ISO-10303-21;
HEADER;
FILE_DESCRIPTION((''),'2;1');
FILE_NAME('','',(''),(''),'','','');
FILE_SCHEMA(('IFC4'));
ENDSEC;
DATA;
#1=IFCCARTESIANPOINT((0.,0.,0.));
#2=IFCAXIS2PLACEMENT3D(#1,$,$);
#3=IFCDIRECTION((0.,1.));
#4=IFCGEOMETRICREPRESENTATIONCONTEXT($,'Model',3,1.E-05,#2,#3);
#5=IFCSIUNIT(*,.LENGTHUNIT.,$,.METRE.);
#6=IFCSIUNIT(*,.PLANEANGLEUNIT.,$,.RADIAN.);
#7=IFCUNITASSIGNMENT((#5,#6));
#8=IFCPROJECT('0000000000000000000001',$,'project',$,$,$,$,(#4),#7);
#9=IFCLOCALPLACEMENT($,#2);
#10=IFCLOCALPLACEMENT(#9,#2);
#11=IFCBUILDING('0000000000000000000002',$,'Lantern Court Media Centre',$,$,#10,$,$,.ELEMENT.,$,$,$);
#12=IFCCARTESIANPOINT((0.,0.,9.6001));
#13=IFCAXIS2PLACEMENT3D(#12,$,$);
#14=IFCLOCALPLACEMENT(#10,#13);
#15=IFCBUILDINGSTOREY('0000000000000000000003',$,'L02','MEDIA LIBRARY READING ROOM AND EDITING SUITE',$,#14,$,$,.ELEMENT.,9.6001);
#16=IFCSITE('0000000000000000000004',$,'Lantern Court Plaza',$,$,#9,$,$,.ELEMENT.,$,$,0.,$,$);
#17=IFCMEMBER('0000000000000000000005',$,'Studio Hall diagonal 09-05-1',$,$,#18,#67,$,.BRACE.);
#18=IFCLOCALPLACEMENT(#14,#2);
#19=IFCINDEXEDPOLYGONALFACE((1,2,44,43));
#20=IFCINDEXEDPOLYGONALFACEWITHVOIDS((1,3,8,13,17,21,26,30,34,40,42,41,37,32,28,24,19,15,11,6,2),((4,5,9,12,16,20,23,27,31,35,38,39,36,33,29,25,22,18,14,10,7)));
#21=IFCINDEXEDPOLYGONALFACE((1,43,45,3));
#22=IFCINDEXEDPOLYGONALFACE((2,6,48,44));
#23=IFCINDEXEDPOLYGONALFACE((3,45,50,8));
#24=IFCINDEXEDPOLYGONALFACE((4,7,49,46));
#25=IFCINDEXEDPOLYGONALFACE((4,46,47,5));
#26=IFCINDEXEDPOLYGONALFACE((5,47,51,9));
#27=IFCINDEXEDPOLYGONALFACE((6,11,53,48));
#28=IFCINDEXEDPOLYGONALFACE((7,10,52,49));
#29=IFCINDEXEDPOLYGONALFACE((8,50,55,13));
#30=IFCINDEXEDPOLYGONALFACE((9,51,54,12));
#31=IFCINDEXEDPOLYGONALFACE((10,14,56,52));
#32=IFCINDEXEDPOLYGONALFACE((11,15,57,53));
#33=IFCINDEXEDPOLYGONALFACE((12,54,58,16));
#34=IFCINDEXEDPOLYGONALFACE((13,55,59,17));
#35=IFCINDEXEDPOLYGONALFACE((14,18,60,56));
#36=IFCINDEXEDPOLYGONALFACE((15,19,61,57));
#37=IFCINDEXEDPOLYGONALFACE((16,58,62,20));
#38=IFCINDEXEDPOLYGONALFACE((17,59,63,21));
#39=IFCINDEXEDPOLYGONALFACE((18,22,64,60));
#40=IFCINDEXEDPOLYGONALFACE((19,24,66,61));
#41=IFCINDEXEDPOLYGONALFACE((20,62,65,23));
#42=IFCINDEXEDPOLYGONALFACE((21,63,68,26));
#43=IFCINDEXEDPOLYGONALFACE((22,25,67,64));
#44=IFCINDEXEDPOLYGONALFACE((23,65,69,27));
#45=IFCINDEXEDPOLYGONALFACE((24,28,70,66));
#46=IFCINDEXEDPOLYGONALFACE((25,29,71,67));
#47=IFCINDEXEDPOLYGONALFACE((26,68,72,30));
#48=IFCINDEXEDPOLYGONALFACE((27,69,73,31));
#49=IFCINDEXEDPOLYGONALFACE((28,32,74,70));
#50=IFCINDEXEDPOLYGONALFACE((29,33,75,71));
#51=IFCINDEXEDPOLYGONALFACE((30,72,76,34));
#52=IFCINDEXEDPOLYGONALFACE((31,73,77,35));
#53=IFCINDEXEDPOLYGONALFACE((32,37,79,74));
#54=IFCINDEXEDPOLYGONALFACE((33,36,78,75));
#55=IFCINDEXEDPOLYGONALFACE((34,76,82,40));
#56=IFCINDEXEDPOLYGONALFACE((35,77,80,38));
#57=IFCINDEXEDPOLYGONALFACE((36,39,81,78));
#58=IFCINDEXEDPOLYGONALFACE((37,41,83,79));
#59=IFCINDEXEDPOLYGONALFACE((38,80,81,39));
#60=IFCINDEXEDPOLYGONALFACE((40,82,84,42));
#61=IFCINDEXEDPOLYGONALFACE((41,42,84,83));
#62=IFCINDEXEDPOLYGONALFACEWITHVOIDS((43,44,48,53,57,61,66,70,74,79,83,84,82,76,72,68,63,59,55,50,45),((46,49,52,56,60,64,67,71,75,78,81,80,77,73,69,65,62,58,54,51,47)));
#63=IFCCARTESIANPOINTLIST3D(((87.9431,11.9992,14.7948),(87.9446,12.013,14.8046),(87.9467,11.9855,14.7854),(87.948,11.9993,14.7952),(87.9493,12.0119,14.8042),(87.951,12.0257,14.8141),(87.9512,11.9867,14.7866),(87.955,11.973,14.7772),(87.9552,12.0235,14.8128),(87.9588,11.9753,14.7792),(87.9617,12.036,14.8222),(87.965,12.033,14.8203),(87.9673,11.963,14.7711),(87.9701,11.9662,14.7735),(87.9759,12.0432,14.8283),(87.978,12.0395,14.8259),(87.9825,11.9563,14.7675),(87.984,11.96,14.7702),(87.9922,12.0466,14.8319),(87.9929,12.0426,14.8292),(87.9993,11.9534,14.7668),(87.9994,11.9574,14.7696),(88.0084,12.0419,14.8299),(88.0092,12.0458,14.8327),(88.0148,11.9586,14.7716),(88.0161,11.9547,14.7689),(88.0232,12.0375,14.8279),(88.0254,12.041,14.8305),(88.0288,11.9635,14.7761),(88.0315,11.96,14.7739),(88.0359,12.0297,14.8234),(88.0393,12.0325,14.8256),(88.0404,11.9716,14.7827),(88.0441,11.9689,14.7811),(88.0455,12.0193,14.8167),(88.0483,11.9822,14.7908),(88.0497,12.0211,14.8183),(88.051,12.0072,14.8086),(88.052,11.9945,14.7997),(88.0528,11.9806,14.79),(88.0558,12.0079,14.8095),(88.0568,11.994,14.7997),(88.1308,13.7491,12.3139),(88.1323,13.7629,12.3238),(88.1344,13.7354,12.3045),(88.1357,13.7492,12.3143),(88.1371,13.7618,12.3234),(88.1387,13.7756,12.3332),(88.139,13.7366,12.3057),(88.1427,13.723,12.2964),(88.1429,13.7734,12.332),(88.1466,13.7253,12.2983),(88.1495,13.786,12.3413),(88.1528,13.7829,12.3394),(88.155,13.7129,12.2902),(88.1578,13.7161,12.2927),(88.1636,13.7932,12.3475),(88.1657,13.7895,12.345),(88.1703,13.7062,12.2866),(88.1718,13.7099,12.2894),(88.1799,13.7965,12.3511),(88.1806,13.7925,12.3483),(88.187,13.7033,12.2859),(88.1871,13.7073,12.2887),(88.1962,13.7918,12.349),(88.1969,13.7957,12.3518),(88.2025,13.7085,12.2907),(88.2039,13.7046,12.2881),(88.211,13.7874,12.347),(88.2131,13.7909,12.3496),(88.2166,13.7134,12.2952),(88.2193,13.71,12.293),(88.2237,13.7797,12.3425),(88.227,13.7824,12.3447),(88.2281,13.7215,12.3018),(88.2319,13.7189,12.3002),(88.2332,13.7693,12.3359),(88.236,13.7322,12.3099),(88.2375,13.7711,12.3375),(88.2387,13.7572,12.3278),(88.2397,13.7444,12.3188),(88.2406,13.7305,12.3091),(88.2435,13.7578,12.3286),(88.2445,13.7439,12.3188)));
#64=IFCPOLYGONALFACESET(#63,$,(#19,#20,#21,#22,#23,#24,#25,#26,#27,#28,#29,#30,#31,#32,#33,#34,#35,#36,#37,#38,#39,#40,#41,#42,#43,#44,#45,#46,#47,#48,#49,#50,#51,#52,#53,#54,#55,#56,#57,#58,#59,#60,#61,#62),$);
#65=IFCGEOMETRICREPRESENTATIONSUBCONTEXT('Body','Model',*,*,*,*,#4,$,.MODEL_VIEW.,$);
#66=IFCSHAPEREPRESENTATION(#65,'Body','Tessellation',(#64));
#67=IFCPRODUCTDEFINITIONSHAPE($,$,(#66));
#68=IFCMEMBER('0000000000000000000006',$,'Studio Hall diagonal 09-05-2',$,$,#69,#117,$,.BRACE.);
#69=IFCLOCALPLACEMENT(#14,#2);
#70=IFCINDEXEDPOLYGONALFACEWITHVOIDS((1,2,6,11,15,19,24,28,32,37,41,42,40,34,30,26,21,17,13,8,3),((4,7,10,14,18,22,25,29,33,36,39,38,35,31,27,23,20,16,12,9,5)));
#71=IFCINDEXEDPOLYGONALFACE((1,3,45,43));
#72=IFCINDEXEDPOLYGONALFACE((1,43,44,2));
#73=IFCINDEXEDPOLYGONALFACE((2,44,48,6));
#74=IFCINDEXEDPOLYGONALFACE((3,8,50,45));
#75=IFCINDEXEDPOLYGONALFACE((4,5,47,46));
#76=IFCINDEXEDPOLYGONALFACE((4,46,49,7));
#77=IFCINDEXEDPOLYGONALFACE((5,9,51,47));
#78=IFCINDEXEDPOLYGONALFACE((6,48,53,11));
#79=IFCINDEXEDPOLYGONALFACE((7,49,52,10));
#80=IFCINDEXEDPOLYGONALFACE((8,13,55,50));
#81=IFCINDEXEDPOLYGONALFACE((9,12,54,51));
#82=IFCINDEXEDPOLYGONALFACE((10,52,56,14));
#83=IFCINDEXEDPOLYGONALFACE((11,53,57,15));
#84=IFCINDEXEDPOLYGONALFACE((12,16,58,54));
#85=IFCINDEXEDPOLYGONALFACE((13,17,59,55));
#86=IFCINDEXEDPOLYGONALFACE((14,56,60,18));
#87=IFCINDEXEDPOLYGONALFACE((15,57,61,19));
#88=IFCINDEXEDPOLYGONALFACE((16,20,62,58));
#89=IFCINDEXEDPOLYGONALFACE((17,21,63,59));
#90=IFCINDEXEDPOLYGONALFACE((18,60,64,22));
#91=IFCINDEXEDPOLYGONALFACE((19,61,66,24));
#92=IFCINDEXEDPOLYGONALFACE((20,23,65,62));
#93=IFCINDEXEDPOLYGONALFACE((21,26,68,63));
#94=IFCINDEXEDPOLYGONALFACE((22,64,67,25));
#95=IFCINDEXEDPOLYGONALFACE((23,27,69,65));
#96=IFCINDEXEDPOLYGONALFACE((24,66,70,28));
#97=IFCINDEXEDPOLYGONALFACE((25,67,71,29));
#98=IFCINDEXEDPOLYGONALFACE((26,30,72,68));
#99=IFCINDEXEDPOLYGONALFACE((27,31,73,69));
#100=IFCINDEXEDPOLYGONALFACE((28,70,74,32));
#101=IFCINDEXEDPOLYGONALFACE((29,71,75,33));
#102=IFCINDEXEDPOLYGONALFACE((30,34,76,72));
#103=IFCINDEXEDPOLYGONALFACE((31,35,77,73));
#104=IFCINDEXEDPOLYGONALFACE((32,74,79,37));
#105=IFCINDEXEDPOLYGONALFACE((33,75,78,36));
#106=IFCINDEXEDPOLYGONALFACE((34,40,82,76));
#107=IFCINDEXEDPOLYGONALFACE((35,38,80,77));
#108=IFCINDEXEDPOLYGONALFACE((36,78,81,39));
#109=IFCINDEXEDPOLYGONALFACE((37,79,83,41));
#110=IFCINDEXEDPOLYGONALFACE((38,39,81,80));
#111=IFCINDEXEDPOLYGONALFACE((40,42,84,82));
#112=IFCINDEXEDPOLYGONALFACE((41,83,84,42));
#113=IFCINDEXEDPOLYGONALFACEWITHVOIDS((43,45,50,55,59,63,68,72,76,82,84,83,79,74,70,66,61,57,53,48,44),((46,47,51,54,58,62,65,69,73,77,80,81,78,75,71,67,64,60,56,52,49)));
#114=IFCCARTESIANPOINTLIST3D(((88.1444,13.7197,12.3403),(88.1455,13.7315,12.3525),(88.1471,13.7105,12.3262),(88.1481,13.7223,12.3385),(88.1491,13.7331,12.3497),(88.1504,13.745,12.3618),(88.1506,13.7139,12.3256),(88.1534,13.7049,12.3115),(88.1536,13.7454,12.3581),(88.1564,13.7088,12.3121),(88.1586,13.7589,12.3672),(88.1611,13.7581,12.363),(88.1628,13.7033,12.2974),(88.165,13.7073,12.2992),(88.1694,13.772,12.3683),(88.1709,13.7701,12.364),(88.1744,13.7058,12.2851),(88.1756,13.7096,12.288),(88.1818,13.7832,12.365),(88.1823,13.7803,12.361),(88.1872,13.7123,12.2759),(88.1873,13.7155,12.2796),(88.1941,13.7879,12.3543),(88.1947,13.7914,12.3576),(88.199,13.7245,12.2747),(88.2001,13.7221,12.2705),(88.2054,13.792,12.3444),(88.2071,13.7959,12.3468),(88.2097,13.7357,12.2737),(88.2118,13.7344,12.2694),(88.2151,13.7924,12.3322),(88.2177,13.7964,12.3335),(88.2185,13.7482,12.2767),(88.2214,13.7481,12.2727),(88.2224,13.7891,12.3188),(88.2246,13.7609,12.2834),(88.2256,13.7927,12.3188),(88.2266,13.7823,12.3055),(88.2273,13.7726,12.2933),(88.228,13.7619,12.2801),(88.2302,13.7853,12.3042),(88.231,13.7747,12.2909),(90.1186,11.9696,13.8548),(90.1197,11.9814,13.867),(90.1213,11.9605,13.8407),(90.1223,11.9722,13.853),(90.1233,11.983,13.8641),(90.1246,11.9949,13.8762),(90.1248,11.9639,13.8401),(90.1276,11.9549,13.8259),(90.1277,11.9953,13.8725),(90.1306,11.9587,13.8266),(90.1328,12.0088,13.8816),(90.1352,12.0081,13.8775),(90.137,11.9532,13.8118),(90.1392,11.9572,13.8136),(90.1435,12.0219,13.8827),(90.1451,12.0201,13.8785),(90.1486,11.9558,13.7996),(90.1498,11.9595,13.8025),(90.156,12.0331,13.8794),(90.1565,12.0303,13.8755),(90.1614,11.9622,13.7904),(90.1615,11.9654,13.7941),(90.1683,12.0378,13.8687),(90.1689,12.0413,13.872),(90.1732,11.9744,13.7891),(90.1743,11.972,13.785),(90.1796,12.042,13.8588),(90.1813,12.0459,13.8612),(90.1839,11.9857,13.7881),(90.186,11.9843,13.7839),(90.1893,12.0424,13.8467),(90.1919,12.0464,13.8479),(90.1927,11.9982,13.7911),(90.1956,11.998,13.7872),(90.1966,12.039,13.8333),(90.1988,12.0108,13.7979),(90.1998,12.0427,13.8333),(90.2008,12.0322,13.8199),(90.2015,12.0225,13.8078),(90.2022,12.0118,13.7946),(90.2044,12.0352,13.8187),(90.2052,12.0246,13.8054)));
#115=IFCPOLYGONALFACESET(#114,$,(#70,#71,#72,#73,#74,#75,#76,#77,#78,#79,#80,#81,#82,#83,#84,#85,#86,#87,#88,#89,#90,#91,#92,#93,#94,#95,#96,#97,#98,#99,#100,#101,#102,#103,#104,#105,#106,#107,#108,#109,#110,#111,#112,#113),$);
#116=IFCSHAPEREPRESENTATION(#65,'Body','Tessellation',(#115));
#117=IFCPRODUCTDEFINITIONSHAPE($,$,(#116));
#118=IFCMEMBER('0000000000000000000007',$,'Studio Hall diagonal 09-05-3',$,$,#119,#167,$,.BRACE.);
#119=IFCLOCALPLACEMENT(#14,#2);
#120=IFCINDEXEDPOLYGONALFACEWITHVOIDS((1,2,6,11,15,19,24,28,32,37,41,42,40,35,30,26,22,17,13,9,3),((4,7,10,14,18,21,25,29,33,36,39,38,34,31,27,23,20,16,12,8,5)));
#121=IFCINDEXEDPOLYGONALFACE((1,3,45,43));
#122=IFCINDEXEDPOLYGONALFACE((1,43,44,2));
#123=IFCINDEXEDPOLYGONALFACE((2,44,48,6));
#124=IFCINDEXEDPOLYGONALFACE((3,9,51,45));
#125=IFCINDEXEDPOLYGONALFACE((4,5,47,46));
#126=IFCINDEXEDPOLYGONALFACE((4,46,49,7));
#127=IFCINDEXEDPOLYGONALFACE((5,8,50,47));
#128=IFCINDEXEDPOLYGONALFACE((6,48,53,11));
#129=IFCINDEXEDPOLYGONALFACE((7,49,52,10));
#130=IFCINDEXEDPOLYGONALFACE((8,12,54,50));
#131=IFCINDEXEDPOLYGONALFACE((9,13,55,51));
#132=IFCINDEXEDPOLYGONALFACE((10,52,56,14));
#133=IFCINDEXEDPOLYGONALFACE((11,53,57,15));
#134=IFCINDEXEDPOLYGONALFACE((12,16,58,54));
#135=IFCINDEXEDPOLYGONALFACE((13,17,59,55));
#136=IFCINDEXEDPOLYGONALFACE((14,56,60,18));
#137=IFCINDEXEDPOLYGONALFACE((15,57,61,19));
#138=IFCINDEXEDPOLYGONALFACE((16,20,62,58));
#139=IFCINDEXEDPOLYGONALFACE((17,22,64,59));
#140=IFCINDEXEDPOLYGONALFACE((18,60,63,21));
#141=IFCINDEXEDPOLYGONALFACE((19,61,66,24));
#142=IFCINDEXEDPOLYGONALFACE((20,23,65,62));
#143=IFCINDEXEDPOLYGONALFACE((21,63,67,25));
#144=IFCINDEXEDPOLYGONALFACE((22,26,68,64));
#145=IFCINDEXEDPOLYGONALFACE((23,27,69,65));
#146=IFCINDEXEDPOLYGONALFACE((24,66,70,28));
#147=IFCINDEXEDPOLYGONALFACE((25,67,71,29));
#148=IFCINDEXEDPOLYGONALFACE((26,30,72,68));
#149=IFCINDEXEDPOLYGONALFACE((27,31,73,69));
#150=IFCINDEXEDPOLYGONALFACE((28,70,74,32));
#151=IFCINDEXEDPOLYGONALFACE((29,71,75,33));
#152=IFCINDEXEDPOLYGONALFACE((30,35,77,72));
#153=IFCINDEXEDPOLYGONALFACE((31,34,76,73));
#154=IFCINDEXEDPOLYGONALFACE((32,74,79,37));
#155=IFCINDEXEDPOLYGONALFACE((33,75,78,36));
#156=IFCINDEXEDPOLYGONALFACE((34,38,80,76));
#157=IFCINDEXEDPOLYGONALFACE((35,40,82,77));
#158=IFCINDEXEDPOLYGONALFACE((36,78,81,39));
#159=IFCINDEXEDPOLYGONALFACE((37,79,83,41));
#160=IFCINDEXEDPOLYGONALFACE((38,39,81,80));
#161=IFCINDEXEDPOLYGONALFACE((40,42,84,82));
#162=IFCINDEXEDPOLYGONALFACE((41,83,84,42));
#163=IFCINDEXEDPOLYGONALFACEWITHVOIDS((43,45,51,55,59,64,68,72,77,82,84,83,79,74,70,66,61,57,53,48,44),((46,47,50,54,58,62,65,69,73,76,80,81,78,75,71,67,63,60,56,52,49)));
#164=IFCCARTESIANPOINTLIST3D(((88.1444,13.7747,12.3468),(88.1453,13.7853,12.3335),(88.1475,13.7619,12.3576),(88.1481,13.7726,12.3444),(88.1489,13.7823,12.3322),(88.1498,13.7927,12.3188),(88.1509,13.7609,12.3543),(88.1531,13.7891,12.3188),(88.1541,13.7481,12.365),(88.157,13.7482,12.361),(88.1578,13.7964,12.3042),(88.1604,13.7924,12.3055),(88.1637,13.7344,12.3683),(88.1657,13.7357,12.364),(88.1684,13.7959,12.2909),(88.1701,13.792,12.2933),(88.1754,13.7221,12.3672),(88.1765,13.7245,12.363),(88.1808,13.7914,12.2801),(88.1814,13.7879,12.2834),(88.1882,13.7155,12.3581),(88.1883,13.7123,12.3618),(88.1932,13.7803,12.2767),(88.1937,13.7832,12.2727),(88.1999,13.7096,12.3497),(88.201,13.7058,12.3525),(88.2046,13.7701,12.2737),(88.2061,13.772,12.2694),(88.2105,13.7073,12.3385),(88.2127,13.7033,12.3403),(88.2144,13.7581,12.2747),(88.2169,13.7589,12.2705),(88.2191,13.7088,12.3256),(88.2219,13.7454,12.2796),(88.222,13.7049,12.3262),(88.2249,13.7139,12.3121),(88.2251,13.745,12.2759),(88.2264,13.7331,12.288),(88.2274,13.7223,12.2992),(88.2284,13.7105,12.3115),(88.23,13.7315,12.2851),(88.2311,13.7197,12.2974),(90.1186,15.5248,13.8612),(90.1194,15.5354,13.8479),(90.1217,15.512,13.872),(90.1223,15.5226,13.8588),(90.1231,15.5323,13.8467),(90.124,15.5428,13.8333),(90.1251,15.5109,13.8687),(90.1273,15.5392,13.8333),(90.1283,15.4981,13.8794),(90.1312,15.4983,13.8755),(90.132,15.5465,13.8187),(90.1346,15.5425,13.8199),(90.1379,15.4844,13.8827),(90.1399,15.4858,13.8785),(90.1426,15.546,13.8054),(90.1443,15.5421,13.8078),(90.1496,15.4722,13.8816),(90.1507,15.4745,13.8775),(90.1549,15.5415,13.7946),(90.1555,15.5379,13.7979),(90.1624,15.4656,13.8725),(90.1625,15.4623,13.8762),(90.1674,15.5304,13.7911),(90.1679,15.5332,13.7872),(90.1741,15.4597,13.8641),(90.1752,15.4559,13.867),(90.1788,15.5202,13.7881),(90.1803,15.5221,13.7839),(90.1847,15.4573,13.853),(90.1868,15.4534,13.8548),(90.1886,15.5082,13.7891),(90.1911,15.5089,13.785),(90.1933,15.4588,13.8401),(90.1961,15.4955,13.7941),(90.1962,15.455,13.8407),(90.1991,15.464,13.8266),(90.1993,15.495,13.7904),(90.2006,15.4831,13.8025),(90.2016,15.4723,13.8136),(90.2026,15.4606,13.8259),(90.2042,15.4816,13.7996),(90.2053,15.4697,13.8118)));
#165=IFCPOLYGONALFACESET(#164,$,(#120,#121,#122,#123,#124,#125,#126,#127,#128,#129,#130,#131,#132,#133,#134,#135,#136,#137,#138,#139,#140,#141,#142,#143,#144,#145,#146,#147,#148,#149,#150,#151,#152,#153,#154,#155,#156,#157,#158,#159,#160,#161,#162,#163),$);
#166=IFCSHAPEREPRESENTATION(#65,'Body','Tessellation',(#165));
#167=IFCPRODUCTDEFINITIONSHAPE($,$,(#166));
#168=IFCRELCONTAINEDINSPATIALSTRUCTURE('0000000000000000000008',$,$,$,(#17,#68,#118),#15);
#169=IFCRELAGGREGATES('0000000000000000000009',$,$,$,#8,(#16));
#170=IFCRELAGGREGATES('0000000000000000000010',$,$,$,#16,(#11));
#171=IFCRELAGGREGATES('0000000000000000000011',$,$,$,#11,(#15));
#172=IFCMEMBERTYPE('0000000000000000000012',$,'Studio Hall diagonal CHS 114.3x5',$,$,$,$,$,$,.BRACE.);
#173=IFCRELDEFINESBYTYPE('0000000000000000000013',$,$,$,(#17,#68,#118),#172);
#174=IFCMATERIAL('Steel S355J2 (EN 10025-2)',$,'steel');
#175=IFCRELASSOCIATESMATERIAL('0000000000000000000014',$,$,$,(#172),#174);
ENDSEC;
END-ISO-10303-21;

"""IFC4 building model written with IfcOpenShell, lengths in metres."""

from ifc_helpers import new_model, si_unit, direction, frame, origin, origin_2d, place, context, subcontext, project, spatial, hollow_circle, extrude, material, material_profile, profile_set, type_object, element, save


model = new_model("IFC4")

# Units and contexts
model_context = context("Model", 3, precision=1e-05, world=origin(), true_north=direction((0.0, 1.0)))
body_context = subcontext(model_context, "Body", "Model", "MODEL_VIEW")
ifc_project = project(units=[si_unit("LENGTHUNIT", "METRE"), si_unit("PLANEANGLEUNIT", "RADIAN")], contexts=[model_context])

# Site, building, storey
site_placement = place(None, origin())
site = spatial("IfcSite", under=ifc_project, at=site_placement, Name="Lantern Court Plaza", CompositionType="ELEMENT", RefElevation=0.0)
building_placement = place(site_placement, origin())
building = spatial("IfcBuilding", under=site, at=building_placement, Name="Lantern Court Media Centre", CompositionType="ELEMENT")
storey_placement = place(building_placement, frame((0.0, 0.0, 9.6001)))
storey = spatial("IfcBuildingStorey", under=building, at=storey_placement, Name="L02", Description="MEDIA LIBRARY READING ROOM AND EDITING SUITE", CompositionType="ELEMENT", Elevation=9.6001)

# Members
ifc_material = material(Name="Steel S355J2 (EN 10025-2)", Category="steel")
ifc_material_profile_1 = material_profile(ifc_material, hollow_circle(Radius=0.0571, WallThickness=0.0049, at=origin_2d()), Name="Studio Hall diagonal CHS 114.3x5")
ifc_profile_set_1 = profile_set([ifc_material_profile_1], Name="Steel S355J2 (EN 10025-2)")
member_type_1 = type_object("IfcMemberType", Name="Studio Hall diagonal CHS 114.3x5", PredefinedType="BRACE", material=ifc_profile_set_1)
member_1_placement = place(storey_placement, frame((88.1877, 13.75, 12.3188), z_axis=(-0.06172, -0.575306, 0.815606), x_axis=(0.994294, -0.10667, 0.0)))
element("IfcMember", 1, at=member_1_placement, inside=storey, type_object=member_type_1, Name="Studio Hall diagonal 09-05-1", PredefinedType="BRACE", context=body_context, shape_type="SweptSolid", body=[
    extrude(hollow_circle(Radius=0.0571, WallThickness=0.0049, at=origin_2d()), origin(), (0.0, 0.0, 1.0), 3.0417),
])
for number, where, z_axis, x_axis, name in (
    (2, (88.1877, 13.75, 12.3188), (0.648979, -0.575301, 0.49785), (0.663352, 0.748307, 0.0), "Studio Hall diagonal 09-05-2"),
    (3, (88.1877, 13.75, 12.3188), (0.648979, 0.575301, 0.49785), (-0.663352, 0.748307, 0.0), "Studio Hall diagonal 09-05-3"),
):
    element("IfcMember", number, at=place(storey_placement, frame(where, z_axis=z_axis, x_axis=x_axis)), inside=storey, type_object=member_type_1, Name=name, PredefinedType="BRACE", context=body_context, shape_type="SweptSolid", body=[
        extrude(hollow_circle(Radius=0.0571, WallThickness=0.0049, at=origin_2d()), origin(), (0.0, 0.0, 1.0), 3.042),
    ])

save(model, "model.ifc")
